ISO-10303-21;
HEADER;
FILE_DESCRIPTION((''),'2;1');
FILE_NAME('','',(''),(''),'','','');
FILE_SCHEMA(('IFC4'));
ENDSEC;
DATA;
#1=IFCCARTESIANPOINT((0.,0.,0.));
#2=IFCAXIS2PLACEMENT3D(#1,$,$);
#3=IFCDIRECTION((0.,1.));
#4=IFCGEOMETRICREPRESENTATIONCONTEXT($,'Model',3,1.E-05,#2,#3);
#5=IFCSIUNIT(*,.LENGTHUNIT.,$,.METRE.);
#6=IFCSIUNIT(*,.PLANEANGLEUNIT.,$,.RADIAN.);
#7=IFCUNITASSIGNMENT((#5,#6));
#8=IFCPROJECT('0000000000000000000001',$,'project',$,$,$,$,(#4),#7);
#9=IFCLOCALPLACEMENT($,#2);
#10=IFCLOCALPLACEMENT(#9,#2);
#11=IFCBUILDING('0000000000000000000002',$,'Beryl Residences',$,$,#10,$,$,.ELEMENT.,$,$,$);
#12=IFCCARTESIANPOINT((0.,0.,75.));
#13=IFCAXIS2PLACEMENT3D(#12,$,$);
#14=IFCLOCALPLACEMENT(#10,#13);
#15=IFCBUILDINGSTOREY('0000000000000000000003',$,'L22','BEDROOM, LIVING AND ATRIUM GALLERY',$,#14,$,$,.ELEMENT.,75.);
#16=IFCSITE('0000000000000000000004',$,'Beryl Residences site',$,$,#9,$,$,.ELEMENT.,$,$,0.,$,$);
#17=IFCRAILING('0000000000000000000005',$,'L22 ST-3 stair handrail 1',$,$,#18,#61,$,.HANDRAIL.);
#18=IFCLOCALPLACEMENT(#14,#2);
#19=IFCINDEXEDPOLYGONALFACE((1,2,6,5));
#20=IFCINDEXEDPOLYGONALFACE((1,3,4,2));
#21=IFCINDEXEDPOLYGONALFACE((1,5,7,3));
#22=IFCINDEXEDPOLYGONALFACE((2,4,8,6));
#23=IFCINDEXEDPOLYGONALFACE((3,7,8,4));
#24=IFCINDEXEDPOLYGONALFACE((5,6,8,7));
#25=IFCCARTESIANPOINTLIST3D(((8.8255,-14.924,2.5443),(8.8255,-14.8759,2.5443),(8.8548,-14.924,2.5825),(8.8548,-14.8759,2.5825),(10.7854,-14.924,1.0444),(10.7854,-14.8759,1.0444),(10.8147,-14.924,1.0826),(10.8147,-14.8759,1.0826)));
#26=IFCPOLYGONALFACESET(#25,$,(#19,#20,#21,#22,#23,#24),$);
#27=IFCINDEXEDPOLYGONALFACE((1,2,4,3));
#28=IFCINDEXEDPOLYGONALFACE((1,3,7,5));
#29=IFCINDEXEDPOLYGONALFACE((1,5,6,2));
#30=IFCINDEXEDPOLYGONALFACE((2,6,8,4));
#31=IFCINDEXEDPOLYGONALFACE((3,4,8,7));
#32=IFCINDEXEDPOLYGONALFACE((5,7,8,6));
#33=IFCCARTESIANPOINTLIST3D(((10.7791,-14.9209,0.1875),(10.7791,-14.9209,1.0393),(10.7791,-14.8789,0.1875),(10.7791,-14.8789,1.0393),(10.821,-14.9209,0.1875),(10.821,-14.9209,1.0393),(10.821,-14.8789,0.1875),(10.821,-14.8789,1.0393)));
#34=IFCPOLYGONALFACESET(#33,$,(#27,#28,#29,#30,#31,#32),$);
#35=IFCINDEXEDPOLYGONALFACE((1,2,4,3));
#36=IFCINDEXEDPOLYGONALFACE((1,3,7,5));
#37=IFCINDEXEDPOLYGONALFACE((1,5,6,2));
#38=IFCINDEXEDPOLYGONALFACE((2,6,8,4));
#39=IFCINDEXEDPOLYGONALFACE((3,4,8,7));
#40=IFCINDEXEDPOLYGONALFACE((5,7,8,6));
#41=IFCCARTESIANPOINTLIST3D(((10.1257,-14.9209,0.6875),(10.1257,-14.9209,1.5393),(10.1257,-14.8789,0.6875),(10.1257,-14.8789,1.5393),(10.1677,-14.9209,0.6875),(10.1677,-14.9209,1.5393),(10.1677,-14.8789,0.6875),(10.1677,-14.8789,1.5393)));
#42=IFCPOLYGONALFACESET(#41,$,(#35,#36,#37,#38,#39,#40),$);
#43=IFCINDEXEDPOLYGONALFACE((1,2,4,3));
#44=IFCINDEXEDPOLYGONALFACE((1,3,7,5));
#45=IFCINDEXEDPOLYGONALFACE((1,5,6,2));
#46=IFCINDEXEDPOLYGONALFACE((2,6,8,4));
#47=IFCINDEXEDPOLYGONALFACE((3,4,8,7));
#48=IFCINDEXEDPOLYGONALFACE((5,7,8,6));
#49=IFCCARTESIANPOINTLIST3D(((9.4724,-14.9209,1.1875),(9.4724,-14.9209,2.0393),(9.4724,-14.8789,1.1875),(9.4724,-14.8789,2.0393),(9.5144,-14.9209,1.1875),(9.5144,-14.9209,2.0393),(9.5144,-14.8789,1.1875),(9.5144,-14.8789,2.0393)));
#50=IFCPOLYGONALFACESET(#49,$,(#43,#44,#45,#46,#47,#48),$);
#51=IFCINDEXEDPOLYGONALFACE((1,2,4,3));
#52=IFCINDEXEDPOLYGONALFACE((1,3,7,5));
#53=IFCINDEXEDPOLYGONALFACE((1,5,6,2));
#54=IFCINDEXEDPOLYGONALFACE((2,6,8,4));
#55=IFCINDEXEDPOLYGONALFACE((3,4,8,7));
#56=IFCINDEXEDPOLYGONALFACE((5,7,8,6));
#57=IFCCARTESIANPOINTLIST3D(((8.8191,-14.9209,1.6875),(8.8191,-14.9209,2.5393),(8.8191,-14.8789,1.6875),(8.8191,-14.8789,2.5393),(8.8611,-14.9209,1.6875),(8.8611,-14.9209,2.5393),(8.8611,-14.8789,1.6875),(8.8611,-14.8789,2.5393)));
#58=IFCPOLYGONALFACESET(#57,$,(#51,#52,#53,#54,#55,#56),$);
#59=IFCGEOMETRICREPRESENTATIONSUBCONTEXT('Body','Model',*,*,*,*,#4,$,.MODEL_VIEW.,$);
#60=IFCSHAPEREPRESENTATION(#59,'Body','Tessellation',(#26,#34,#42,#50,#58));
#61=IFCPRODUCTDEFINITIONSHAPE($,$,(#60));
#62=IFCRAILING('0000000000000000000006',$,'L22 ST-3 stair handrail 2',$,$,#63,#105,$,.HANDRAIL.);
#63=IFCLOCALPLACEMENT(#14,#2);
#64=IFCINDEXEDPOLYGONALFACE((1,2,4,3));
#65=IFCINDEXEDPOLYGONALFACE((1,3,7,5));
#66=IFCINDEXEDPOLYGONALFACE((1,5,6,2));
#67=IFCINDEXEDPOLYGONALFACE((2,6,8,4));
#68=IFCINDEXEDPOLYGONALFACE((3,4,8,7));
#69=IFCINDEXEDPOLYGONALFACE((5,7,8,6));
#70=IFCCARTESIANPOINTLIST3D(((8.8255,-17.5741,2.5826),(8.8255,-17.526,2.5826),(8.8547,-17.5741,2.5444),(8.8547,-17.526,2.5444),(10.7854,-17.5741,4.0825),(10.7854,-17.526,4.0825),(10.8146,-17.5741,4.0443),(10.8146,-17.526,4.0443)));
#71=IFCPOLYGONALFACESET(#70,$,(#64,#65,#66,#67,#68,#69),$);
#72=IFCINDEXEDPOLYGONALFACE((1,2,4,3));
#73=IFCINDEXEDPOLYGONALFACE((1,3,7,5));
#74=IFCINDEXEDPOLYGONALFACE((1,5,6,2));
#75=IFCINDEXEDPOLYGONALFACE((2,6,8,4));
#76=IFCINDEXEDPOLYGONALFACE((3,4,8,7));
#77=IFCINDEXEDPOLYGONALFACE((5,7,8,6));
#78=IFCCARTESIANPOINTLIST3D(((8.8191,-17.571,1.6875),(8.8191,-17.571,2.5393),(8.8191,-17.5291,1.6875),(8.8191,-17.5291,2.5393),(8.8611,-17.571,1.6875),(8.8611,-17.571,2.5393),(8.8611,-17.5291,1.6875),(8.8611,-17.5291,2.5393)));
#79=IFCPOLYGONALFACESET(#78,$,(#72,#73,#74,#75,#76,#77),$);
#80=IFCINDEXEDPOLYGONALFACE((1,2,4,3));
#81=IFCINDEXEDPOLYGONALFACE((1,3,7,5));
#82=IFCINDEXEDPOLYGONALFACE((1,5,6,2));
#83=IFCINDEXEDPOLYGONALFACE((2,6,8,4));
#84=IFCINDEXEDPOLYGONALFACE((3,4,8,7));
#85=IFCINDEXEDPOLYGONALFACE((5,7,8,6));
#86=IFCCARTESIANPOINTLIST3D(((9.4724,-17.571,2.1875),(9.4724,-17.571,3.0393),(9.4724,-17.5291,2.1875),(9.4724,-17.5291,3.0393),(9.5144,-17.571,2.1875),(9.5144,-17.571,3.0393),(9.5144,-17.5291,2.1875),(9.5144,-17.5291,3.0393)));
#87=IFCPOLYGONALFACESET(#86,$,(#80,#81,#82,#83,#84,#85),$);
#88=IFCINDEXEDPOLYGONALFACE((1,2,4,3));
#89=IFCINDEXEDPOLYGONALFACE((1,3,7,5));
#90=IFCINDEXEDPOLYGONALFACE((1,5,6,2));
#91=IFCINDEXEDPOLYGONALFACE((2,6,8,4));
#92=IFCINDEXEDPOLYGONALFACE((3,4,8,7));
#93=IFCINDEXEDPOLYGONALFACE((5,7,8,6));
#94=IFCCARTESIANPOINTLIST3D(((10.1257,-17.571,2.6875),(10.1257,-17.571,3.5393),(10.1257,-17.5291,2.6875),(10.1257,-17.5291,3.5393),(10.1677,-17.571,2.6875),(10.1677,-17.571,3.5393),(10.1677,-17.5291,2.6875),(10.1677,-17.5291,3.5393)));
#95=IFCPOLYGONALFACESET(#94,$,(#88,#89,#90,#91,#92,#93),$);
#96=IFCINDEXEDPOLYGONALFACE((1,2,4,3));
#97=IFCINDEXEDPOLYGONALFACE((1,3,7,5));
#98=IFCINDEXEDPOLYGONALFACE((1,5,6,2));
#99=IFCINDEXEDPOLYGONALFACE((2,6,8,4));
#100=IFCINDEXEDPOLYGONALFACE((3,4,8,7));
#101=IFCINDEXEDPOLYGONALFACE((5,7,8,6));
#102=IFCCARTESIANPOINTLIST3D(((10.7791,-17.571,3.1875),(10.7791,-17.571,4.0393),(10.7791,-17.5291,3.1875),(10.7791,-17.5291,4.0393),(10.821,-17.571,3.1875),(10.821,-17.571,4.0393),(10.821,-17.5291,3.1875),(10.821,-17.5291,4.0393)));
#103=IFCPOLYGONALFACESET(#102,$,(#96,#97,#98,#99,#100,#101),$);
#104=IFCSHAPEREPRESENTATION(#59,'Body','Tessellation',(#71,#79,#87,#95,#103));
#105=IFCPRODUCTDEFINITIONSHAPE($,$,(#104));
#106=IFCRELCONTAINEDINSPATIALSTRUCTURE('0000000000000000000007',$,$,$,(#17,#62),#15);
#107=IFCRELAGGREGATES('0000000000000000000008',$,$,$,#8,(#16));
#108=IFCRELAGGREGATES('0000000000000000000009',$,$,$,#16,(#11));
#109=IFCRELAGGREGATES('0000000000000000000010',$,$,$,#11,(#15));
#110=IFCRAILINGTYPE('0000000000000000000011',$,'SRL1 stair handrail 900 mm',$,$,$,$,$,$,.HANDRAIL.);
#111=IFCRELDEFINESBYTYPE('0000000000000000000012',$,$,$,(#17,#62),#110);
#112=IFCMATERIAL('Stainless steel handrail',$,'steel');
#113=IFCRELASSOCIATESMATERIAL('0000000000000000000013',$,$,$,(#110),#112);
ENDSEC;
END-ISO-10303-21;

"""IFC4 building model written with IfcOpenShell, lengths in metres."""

from ifc_helpers import new_model, si_unit, direction, frame, origin, origin_2d, place, context, subcontext, project, spatial, rectangle, extrude, material, type_object, element, save


model = new_model("IFC4")

# Units and contexts
model_context = context("Model", 3, precision=1e-05, world=origin(), true_north=direction((0.0, 1.0)))
body_context = subcontext(model_context, "Body", "Model", "MODEL_VIEW")
ifc_project = project(units=[si_unit("LENGTHUNIT", "METRE"), si_unit("PLANEANGLEUNIT", "RADIAN")], contexts=[model_context])

# Site, building, storey
site_placement = place(None, origin())
site = spatial("IfcSite", under=ifc_project, at=site_placement, Name="Beryl Residences site", CompositionType="ELEMENT", RefElevation=0.0)
building_placement = place(site_placement, origin())
building = spatial("IfcBuilding", under=site, at=building_placement, Name="Beryl Residences", CompositionType="ELEMENT")
storey_placement = place(building_placement, frame((0.0, 0.0, 75.0)))
storey = spatial("IfcBuildingStorey", under=building, at=storey_placement, Name="L22", Description="BEDROOM, LIVING AND ATRIUM GALLERY", CompositionType="ELEMENT", Elevation=75.0)

# Railings
ifc_material_1 = material(Name="Stainless steel handrail", Category="steel")
railing_type_1 = type_object("IfcRailingType", Name="SRL1 stair handrail 900 mm", PredefinedType="HANDRAIL", material=ifc_material_1)
railing_1_placement = place(storey_placement, frame((10.8, -14.8999, 0.1875)))
element("IfcRailing", 1, at=railing_1_placement, inside=storey, type_object=railing_type_1, Name="L22 ST-3 stair handrail 1", PredefinedType="HANDRAIL", context=body_context, shape_type="SweptSolid", body=[
    extrude(rectangle(XDim=0.0481, YDim=0.0481, at=origin_2d()), frame((0.0, 0.0, 0.876), z_axis=(-0.794122, 0.0, 0.607758), x_axis=(0.0, -1.0, 0.0)), (0.0, 0.0, 1.0), 2.468),
    extrude(rectangle(XDim=0.042, YDim=0.042, at=origin_2d()), origin(), (0.0, 0.0, 1.0), 0.8518),
    extrude(rectangle(XDim=0.042, YDim=0.042, at=origin_2d()), frame((-0.6533, 0.0, 0.5)), (0.0, 0.0, 1.0), 0.8518),
    extrude(rectangle(XDim=0.042, YDim=0.042, at=origin_2d()), frame((-1.3066, 0.0, 1.0)), (0.0, 0.0, 1.0), 0.8518),
    extrude(rectangle(XDim=0.042, YDim=0.042, at=origin_2d()), frame((-1.96, 0.0, 1.5)), (0.0, 0.0, 1.0), 0.8518),
])
railing_2_placement = place(storey_placement, frame((8.8401, -17.55, 1.6875)))
element("IfcRailing", 2, at=railing_2_placement, inside=storey, type_object=railing_type_1, Name="L22 ST-3 stair handrail 2", PredefinedType="HANDRAIL", context=body_context, shape_type="SweptSolid", body=[
    extrude(rectangle(XDim=0.0481, YDim=0.0481, at=origin_2d()), frame((0.0, 0.0, 0.876), z_axis=(0.794122, 0.0, 0.607758), x_axis=(0.0, 1.0, 0.0)), (0.0, 0.0, 1.0), 2.468),
    extrude(rectangle(XDim=0.042, YDim=0.042, at=origin_2d()), origin(), (0.0, 0.0, 1.0), 0.8518),
    extrude(rectangle(XDim=0.042, YDim=0.042, at=origin_2d()), frame((0.6533, 0.0, 0.5)), (0.0, 0.0, 1.0), 0.8518),
    extrude(rectangle(XDim=0.042, YDim=0.042, at=origin_2d()), frame((1.3066, 0.0, 1.0)), (0.0, 0.0, 1.0), 0.8518),
    extrude(rectangle(XDim=0.042, YDim=0.042, at=origin_2d()), frame((1.96, 0.0, 1.5)), (0.0, 0.0, 1.0), 0.8518),
])

save(model, "model.ifc")
